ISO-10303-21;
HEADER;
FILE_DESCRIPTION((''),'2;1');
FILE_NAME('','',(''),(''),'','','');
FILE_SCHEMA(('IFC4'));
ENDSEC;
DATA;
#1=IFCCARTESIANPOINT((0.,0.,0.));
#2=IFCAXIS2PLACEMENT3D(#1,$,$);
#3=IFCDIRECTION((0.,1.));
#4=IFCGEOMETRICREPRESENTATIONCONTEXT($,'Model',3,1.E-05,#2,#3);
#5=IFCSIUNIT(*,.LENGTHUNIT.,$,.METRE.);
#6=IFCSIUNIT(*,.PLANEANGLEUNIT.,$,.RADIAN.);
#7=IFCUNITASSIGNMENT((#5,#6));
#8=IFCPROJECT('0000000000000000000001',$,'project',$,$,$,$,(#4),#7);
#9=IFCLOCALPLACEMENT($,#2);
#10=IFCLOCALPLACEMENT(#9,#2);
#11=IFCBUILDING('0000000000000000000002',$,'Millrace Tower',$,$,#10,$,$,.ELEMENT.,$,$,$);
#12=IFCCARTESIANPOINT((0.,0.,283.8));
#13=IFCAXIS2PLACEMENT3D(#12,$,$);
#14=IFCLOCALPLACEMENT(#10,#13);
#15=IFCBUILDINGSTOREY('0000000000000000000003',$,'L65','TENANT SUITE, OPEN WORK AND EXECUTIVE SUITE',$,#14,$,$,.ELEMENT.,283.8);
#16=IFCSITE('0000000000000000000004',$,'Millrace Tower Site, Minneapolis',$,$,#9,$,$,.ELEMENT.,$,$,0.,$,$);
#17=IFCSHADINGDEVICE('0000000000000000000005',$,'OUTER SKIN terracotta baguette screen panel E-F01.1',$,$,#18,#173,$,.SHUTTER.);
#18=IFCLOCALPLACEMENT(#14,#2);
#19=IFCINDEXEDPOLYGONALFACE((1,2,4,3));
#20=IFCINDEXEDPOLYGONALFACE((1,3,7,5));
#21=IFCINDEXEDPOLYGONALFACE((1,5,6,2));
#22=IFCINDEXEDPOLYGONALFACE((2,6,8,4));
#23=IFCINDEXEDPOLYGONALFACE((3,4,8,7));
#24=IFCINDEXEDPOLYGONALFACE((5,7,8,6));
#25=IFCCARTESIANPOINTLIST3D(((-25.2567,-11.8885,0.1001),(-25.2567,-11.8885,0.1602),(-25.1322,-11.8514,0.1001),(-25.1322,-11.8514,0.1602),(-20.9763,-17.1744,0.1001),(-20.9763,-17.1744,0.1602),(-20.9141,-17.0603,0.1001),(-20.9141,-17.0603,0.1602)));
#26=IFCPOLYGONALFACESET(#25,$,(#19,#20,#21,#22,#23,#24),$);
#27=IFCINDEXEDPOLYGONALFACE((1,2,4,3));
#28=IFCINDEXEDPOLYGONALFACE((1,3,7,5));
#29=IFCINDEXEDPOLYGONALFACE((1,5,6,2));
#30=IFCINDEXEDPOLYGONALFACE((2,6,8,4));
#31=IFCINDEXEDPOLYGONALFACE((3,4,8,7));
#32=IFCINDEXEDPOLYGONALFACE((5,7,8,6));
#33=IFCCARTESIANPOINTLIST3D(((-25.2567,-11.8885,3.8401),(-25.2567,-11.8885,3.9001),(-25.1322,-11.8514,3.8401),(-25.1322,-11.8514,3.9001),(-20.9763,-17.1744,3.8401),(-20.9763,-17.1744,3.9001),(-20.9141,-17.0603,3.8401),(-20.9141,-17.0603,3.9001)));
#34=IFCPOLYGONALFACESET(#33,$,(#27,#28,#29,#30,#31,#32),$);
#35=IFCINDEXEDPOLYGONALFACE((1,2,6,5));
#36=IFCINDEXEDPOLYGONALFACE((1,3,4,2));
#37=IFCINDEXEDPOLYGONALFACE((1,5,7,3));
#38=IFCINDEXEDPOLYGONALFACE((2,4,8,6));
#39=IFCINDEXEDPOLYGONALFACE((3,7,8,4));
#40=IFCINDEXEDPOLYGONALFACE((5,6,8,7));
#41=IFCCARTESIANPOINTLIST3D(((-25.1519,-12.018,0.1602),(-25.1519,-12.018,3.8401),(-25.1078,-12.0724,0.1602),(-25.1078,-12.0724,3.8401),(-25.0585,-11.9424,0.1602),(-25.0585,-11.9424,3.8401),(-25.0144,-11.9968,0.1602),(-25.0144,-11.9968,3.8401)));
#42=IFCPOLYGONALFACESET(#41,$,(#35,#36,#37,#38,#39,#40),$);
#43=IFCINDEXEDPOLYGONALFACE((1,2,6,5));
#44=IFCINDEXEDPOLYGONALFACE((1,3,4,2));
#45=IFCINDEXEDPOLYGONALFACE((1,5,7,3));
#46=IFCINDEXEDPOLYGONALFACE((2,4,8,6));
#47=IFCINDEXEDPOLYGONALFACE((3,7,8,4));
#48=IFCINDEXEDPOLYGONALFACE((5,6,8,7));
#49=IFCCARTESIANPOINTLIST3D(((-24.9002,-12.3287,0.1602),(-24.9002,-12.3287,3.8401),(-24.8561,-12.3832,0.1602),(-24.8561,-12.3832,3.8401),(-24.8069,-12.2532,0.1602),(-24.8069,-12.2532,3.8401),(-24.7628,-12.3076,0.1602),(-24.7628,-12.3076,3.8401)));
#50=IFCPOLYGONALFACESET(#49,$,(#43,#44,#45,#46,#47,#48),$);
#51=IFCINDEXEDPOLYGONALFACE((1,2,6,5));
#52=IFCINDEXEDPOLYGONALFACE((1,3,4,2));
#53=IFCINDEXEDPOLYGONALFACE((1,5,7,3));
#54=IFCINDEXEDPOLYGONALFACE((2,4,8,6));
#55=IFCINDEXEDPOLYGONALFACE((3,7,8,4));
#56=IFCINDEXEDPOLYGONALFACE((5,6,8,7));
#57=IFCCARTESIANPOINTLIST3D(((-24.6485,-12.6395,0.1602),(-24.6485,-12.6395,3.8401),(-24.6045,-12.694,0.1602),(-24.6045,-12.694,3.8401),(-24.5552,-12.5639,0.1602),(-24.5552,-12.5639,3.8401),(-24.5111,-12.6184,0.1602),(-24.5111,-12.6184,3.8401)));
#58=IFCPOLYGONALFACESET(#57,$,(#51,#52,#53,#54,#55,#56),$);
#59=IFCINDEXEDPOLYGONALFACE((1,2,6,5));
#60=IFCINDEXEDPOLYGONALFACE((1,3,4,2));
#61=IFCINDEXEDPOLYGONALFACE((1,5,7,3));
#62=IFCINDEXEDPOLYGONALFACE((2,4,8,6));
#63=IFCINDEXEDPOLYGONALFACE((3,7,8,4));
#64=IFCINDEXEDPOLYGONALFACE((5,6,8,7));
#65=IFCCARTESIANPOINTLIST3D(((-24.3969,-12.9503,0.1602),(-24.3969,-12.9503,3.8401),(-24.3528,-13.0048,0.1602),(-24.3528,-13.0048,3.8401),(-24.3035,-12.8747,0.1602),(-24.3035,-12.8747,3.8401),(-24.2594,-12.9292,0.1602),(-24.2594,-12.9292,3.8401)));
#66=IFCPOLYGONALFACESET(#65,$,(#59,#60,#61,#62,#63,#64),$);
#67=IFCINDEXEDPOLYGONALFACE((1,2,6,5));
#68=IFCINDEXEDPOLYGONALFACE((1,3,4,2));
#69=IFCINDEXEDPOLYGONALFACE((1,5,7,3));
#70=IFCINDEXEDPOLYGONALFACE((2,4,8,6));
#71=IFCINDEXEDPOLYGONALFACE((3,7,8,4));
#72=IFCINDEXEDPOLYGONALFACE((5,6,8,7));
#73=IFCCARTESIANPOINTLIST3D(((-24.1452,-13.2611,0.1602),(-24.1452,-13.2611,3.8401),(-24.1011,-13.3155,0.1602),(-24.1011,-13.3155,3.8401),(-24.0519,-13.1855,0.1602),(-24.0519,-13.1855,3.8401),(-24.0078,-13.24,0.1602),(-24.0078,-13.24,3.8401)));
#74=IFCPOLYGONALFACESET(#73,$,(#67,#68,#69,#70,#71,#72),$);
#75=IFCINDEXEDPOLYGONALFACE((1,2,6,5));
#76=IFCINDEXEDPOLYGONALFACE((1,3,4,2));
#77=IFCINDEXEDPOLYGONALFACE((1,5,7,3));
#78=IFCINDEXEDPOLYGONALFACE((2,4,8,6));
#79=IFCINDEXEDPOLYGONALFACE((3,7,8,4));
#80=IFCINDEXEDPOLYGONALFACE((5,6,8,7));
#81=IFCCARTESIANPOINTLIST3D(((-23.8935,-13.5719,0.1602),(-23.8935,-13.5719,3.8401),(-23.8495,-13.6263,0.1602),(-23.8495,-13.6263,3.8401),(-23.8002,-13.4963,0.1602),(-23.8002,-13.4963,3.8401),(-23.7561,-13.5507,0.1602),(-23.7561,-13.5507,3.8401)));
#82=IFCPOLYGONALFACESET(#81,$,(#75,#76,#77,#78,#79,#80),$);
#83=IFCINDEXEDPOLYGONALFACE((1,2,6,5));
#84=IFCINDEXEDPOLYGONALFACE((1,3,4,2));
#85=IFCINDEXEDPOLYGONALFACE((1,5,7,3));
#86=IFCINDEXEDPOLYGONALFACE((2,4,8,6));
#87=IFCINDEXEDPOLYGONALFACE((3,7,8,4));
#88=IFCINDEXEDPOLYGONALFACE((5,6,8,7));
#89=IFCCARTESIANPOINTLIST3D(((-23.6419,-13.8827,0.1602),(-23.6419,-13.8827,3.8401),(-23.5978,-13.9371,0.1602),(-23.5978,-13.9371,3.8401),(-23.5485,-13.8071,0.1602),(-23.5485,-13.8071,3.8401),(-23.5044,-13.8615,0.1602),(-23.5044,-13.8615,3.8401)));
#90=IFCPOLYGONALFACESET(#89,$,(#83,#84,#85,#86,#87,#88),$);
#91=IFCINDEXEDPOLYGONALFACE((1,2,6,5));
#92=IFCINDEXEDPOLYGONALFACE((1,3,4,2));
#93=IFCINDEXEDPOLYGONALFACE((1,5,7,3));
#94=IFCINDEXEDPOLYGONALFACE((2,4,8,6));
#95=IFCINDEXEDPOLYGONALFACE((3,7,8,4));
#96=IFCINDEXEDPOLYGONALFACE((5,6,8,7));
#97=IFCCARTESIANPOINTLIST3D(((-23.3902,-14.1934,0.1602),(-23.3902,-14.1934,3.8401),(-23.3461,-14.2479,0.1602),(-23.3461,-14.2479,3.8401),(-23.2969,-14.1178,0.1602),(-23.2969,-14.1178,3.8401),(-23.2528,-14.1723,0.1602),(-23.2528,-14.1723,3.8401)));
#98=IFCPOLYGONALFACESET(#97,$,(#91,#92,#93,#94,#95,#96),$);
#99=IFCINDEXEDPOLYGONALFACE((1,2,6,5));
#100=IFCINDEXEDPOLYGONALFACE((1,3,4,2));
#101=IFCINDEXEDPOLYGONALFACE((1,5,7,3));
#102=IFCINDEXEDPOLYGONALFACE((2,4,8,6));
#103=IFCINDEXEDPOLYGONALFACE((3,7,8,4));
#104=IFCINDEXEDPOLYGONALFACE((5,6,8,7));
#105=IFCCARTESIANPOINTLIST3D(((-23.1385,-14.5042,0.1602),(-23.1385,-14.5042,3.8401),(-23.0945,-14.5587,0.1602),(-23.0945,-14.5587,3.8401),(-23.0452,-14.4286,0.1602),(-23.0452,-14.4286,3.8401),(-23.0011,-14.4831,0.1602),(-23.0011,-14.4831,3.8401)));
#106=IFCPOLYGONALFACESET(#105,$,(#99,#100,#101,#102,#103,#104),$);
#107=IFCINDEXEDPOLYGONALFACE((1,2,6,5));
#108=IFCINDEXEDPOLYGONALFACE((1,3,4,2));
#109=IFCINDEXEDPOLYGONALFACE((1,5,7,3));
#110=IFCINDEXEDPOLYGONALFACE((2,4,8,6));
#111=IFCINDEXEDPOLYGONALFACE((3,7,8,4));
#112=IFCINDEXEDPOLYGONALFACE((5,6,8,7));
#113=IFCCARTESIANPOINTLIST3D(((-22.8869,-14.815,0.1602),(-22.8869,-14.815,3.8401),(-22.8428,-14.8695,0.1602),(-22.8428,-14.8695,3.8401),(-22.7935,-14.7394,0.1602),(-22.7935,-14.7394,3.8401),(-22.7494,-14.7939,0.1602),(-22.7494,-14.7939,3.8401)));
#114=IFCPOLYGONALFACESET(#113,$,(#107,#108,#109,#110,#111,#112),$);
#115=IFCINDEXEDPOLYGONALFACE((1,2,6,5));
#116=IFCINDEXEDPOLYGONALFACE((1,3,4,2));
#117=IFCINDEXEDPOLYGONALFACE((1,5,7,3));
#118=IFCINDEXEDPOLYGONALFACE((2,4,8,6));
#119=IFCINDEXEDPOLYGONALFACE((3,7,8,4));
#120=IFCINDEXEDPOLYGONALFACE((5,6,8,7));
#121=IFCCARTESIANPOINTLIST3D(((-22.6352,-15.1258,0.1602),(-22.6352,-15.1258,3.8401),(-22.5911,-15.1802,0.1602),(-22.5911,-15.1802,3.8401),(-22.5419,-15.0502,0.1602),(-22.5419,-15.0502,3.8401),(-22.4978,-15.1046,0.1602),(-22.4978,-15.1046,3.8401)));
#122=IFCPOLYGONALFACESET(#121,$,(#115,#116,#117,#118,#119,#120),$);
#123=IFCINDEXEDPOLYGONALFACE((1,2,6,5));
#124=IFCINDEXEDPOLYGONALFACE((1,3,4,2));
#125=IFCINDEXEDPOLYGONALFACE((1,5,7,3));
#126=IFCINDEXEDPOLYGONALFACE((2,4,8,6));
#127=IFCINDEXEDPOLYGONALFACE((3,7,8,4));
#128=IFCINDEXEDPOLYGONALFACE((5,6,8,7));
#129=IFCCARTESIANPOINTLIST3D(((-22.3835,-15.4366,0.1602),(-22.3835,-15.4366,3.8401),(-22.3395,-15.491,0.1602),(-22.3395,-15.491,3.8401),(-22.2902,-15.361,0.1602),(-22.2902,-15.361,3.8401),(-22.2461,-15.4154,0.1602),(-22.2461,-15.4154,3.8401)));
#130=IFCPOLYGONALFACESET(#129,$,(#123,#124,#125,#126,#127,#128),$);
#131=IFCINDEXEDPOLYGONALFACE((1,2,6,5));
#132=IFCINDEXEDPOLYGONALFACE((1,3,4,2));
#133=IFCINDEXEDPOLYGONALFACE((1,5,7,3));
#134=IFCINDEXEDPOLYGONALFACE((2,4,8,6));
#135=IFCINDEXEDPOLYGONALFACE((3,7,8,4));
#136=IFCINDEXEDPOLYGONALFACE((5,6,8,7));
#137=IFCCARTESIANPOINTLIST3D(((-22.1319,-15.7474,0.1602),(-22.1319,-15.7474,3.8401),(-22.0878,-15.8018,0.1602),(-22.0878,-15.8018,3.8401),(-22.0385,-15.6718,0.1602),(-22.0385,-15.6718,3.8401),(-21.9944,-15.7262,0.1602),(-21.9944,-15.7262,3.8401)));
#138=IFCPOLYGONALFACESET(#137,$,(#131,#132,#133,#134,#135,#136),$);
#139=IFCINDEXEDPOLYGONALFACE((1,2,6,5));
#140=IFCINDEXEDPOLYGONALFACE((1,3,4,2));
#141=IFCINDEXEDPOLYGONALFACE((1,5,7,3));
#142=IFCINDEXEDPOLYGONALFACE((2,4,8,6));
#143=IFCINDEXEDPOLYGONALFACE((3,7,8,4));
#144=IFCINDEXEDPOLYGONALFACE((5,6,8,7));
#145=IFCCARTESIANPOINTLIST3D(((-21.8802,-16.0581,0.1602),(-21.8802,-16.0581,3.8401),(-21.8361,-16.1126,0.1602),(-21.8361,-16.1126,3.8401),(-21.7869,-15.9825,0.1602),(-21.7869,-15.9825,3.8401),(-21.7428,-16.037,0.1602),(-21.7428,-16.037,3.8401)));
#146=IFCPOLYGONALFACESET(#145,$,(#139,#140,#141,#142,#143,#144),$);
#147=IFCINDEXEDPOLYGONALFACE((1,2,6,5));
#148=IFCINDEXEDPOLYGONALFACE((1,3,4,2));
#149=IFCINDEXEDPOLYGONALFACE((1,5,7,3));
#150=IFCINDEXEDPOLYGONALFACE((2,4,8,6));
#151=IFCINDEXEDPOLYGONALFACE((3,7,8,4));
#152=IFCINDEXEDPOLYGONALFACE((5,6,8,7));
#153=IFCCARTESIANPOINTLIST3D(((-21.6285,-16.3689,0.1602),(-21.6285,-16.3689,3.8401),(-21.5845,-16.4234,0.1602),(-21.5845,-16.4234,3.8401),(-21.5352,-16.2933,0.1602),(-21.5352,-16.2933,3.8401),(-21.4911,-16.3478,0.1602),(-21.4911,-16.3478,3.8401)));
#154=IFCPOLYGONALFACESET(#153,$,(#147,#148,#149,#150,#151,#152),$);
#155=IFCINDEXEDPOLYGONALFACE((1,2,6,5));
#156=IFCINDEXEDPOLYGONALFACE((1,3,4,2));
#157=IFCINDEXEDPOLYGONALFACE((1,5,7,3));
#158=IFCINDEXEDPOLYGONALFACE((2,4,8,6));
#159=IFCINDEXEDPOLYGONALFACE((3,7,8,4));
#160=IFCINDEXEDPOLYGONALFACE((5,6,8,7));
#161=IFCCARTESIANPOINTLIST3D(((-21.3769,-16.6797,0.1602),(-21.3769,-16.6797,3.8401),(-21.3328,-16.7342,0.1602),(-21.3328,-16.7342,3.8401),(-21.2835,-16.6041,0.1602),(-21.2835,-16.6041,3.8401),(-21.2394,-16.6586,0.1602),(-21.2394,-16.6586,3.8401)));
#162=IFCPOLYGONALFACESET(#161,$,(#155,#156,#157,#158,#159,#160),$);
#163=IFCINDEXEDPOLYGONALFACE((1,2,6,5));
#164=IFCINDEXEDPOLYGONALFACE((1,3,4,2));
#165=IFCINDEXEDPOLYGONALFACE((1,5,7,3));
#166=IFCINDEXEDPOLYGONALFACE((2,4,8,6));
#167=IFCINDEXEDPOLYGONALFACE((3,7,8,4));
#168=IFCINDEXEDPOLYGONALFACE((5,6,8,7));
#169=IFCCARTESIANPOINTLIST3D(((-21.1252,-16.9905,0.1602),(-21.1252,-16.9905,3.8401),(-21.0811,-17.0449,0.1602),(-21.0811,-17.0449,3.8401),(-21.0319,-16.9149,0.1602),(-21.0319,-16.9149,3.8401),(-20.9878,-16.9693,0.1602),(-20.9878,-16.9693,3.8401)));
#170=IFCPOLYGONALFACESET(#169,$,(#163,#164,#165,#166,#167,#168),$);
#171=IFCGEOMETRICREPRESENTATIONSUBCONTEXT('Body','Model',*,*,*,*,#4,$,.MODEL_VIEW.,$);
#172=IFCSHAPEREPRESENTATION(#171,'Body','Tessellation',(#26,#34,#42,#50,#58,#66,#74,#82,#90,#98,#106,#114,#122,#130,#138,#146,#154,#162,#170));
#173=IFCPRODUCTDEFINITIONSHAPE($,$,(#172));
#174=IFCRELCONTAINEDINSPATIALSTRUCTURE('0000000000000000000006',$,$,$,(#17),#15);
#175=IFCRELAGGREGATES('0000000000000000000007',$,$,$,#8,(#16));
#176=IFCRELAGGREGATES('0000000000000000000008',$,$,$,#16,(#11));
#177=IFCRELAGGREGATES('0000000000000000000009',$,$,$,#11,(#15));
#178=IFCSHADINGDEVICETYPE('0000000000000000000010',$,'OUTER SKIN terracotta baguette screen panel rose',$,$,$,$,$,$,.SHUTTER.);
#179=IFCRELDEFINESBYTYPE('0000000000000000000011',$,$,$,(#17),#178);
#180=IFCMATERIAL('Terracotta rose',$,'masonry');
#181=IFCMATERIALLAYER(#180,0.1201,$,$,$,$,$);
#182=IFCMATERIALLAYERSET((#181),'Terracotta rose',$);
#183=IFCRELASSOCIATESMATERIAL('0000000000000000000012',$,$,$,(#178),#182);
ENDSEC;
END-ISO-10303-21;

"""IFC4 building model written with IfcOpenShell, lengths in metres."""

from ifc_helpers import new_model, entity, si_unit, direction, frame, frame_2d, origin, origin_2d, place, context, subcontext, project, spatial, rectangle, extrude, source, transform, mapped, material, layer, layer_set, type_object, element, save


model = new_model("IFC4")

# Units and contexts
model_context = context("Model", 3, precision=1e-05, world=origin(), true_north=direction((0.0, 1.0)))
body_context = subcontext(model_context, "Body", "Model", "MODEL_VIEW")
ifc_project = project(units=[si_unit("LENGTHUNIT", "METRE"), si_unit("PLANEANGLEUNIT", "RADIAN")], contexts=[model_context])

# Site, building, storey
site_placement = place(None, origin())
site = spatial("IfcSite", under=ifc_project, at=site_placement, Name="Millrace Tower Site, Minneapolis", CompositionType="ELEMENT", RefElevation=0.0)
building_placement = place(site_placement, origin())
building = spatial("IfcBuilding", under=site, at=building_placement, Name="Millrace Tower", CompositionType="ELEMENT")
storey_placement = place(building_placement, frame((0.0, 0.0, 283.8)))
storey = spatial("IfcBuildingStorey", under=building, at=storey_placement, Name="L65", Description="TENANT SUITE, OPEN WORK AND EXECUTIVE SUITE", CompositionType="ELEMENT", Elevation=283.8)

# Shading device
ifc_material_1 = material(Name="Terracotta rose", Category="masonry")
ifc_layer_1 = layer(ifc_material_1, 0.1201)
ifc_layer_set_1 = layer_set([ifc_layer_1], Name="Terracotta rose")
shading_device_type = type_object("IfcShadingDeviceType", Name="OUTER SKIN terracotta baguette screen panel rose", PredefinedType="SHUTTER", material=ifc_layer_set_1)
cartesian_point_1 = entity("IfcCartesianPoint", [-3.3513, 0.0601])
shared_polyline_1 = entity("IfcPolyline", [cartesian_point_1, entity("IfcCartesianPoint", [3.3513, 0.0601]), entity("IfcCartesianPoint", [3.4009, -0.0601]), entity("IfcCartesianPoint", [-3.4009, -0.0601]), cartesian_point_1])
shared_shape_1 = source(origin(), body_context, "Body", "SweptSolid", [
    entity("IfcExtrudedAreaSolid", entity("IfcArbitraryClosedProfileDef", "AREA", None, shared_polyline_1), entity("IfcAxis2Placement3D", entity("IfcCartesianPoint", [0.0, 0.0, 0.0])), entity("IfcDirection", [0.0, 0.0, 1.0]), 0.0601),
    entity("IfcExtrudedAreaSolid", entity("IfcArbitraryClosedProfileDef", "AREA", None, shared_polyline_1), entity("IfcAxis2Placement3D", entity("IfcCartesianPoint", [0.0, 0.0, 3.74])), entity("IfcDirection", [0.0, 0.0, 1.0]), 0.0601),
    extrude(rectangle(XDim=0.0701, YDim=0.1201, at=frame_2d((-3.1992, 0.0))), frame((0.0, 0.0, 0.0601)), (0.0, 0.0, 1.0), 3.6799),
    extrude(rectangle(XDim=0.0701, YDim=0.1201, at=frame_2d((-2.7993, 0.0))), frame((0.0, 0.0, 0.0601)), (0.0, 0.0, 1.0), 3.6799),
    extrude(rectangle(XDim=0.0701, YDim=0.1201, at=frame_2d((-2.3994, 0.0))), frame((0.0, 0.0, 0.0601)), (0.0, 0.0, 1.0), 3.6799),
    extrude(rectangle(XDim=0.0701, YDim=0.1201, at=frame_2d((-1.9995, 0.0))), frame((0.0, 0.0, 0.0601)), (0.0, 0.0, 1.0), 3.6799),
    extrude(rectangle(XDim=0.0701, YDim=0.1201, at=frame_2d((-1.5996, 0.0))), frame((0.0, 0.0, 0.0601)), (0.0, 0.0, 1.0), 3.6799),
    extrude(rectangle(XDim=0.0701, YDim=0.1201, at=frame_2d((-1.1997, 0.0))), frame((0.0, 0.0, 0.0601)), (0.0, 0.0, 1.0), 3.6799),
    extrude(rectangle(XDim=0.0701, YDim=0.1201, at=frame_2d((-0.7998, 0.0))), frame((0.0, 0.0, 0.0601)), (0.0, 0.0, 1.0), 3.6799),
    extrude(rectangle(XDim=0.0701, YDim=0.1201, at=frame_2d((-0.3999, 0.0))), frame((0.0, 0.0, 0.0601)), (0.0, 0.0, 1.0), 3.6799),
    extrude(rectangle(XDim=0.0701, YDim=0.1201, at=origin_2d()), frame((0.0, 0.0, 0.0601)), (0.0, 0.0, 1.0), 3.6799),
    extrude(rectangle(XDim=0.0701, YDim=0.1201, at=frame_2d((0.3999, 0.0))), frame((0.0, 0.0, 0.0601)), (0.0, 0.0, 1.0), 3.6799),
    extrude(rectangle(XDim=0.0701, YDim=0.1201, at=frame_2d((0.7998, 0.0))), frame((0.0, 0.0, 0.0601)), (0.0, 0.0, 1.0), 3.6799),
    extrude(rectangle(XDim=0.0701, YDim=0.1201, at=frame_2d((1.1997, 0.0))), frame((0.0, 0.0, 0.0601)), (0.0, 0.0, 1.0), 3.6799),
    extrude(rectangle(XDim=0.0701, YDim=0.1201, at=frame_2d((1.5996, 0.0))), frame((0.0, 0.0, 0.0601)), (0.0, 0.0, 1.0), 3.6799),
    extrude(rectangle(XDim=0.0701, YDim=0.1201, at=frame_2d((1.9995, 0.0))), frame((0.0, 0.0, 0.0601)), (0.0, 0.0, 1.0), 3.6799),
    extrude(rectangle(XDim=0.0701, YDim=0.1201, at=frame_2d((2.3994, 0.0))), frame((0.0, 0.0, 0.0601)), (0.0, 0.0, 1.0), 3.6799),
    extrude(rectangle(XDim=0.0701, YDim=0.1201, at=frame_2d((2.7993, 0.0))), frame((0.0, 0.0, 0.0601)), (0.0, 0.0, 1.0), 3.6799),
    extrude(rectangle(XDim=0.0701, YDim=0.1201, at=frame_2d((3.1992, 0.0))), frame((0.0, 0.0, 0.0601)), (0.0, 0.0, 1.0), 3.6799),
])
shading_device_1_placement = place(storey_placement, frame((-23.0698, -14.4937, 0.1001), z_axis=(0.0, 0.0, 1.0), x_axis=(0.62932, -0.777146, 0.0)))
element("IfcShadingDevice", 1, at=shading_device_1_placement, inside=storey, type_object=shading_device_type, Name="OUTER SKIN terracotta baguette screen panel E-F01.1", PredefinedType="SHUTTER", context=body_context, shape_type="MappedRepresentation", body=[
    mapped(shared_shape_1, transform((0.0, 0.0, 0.0), scale=1.0)),
])

save(model, "model.ifc")
